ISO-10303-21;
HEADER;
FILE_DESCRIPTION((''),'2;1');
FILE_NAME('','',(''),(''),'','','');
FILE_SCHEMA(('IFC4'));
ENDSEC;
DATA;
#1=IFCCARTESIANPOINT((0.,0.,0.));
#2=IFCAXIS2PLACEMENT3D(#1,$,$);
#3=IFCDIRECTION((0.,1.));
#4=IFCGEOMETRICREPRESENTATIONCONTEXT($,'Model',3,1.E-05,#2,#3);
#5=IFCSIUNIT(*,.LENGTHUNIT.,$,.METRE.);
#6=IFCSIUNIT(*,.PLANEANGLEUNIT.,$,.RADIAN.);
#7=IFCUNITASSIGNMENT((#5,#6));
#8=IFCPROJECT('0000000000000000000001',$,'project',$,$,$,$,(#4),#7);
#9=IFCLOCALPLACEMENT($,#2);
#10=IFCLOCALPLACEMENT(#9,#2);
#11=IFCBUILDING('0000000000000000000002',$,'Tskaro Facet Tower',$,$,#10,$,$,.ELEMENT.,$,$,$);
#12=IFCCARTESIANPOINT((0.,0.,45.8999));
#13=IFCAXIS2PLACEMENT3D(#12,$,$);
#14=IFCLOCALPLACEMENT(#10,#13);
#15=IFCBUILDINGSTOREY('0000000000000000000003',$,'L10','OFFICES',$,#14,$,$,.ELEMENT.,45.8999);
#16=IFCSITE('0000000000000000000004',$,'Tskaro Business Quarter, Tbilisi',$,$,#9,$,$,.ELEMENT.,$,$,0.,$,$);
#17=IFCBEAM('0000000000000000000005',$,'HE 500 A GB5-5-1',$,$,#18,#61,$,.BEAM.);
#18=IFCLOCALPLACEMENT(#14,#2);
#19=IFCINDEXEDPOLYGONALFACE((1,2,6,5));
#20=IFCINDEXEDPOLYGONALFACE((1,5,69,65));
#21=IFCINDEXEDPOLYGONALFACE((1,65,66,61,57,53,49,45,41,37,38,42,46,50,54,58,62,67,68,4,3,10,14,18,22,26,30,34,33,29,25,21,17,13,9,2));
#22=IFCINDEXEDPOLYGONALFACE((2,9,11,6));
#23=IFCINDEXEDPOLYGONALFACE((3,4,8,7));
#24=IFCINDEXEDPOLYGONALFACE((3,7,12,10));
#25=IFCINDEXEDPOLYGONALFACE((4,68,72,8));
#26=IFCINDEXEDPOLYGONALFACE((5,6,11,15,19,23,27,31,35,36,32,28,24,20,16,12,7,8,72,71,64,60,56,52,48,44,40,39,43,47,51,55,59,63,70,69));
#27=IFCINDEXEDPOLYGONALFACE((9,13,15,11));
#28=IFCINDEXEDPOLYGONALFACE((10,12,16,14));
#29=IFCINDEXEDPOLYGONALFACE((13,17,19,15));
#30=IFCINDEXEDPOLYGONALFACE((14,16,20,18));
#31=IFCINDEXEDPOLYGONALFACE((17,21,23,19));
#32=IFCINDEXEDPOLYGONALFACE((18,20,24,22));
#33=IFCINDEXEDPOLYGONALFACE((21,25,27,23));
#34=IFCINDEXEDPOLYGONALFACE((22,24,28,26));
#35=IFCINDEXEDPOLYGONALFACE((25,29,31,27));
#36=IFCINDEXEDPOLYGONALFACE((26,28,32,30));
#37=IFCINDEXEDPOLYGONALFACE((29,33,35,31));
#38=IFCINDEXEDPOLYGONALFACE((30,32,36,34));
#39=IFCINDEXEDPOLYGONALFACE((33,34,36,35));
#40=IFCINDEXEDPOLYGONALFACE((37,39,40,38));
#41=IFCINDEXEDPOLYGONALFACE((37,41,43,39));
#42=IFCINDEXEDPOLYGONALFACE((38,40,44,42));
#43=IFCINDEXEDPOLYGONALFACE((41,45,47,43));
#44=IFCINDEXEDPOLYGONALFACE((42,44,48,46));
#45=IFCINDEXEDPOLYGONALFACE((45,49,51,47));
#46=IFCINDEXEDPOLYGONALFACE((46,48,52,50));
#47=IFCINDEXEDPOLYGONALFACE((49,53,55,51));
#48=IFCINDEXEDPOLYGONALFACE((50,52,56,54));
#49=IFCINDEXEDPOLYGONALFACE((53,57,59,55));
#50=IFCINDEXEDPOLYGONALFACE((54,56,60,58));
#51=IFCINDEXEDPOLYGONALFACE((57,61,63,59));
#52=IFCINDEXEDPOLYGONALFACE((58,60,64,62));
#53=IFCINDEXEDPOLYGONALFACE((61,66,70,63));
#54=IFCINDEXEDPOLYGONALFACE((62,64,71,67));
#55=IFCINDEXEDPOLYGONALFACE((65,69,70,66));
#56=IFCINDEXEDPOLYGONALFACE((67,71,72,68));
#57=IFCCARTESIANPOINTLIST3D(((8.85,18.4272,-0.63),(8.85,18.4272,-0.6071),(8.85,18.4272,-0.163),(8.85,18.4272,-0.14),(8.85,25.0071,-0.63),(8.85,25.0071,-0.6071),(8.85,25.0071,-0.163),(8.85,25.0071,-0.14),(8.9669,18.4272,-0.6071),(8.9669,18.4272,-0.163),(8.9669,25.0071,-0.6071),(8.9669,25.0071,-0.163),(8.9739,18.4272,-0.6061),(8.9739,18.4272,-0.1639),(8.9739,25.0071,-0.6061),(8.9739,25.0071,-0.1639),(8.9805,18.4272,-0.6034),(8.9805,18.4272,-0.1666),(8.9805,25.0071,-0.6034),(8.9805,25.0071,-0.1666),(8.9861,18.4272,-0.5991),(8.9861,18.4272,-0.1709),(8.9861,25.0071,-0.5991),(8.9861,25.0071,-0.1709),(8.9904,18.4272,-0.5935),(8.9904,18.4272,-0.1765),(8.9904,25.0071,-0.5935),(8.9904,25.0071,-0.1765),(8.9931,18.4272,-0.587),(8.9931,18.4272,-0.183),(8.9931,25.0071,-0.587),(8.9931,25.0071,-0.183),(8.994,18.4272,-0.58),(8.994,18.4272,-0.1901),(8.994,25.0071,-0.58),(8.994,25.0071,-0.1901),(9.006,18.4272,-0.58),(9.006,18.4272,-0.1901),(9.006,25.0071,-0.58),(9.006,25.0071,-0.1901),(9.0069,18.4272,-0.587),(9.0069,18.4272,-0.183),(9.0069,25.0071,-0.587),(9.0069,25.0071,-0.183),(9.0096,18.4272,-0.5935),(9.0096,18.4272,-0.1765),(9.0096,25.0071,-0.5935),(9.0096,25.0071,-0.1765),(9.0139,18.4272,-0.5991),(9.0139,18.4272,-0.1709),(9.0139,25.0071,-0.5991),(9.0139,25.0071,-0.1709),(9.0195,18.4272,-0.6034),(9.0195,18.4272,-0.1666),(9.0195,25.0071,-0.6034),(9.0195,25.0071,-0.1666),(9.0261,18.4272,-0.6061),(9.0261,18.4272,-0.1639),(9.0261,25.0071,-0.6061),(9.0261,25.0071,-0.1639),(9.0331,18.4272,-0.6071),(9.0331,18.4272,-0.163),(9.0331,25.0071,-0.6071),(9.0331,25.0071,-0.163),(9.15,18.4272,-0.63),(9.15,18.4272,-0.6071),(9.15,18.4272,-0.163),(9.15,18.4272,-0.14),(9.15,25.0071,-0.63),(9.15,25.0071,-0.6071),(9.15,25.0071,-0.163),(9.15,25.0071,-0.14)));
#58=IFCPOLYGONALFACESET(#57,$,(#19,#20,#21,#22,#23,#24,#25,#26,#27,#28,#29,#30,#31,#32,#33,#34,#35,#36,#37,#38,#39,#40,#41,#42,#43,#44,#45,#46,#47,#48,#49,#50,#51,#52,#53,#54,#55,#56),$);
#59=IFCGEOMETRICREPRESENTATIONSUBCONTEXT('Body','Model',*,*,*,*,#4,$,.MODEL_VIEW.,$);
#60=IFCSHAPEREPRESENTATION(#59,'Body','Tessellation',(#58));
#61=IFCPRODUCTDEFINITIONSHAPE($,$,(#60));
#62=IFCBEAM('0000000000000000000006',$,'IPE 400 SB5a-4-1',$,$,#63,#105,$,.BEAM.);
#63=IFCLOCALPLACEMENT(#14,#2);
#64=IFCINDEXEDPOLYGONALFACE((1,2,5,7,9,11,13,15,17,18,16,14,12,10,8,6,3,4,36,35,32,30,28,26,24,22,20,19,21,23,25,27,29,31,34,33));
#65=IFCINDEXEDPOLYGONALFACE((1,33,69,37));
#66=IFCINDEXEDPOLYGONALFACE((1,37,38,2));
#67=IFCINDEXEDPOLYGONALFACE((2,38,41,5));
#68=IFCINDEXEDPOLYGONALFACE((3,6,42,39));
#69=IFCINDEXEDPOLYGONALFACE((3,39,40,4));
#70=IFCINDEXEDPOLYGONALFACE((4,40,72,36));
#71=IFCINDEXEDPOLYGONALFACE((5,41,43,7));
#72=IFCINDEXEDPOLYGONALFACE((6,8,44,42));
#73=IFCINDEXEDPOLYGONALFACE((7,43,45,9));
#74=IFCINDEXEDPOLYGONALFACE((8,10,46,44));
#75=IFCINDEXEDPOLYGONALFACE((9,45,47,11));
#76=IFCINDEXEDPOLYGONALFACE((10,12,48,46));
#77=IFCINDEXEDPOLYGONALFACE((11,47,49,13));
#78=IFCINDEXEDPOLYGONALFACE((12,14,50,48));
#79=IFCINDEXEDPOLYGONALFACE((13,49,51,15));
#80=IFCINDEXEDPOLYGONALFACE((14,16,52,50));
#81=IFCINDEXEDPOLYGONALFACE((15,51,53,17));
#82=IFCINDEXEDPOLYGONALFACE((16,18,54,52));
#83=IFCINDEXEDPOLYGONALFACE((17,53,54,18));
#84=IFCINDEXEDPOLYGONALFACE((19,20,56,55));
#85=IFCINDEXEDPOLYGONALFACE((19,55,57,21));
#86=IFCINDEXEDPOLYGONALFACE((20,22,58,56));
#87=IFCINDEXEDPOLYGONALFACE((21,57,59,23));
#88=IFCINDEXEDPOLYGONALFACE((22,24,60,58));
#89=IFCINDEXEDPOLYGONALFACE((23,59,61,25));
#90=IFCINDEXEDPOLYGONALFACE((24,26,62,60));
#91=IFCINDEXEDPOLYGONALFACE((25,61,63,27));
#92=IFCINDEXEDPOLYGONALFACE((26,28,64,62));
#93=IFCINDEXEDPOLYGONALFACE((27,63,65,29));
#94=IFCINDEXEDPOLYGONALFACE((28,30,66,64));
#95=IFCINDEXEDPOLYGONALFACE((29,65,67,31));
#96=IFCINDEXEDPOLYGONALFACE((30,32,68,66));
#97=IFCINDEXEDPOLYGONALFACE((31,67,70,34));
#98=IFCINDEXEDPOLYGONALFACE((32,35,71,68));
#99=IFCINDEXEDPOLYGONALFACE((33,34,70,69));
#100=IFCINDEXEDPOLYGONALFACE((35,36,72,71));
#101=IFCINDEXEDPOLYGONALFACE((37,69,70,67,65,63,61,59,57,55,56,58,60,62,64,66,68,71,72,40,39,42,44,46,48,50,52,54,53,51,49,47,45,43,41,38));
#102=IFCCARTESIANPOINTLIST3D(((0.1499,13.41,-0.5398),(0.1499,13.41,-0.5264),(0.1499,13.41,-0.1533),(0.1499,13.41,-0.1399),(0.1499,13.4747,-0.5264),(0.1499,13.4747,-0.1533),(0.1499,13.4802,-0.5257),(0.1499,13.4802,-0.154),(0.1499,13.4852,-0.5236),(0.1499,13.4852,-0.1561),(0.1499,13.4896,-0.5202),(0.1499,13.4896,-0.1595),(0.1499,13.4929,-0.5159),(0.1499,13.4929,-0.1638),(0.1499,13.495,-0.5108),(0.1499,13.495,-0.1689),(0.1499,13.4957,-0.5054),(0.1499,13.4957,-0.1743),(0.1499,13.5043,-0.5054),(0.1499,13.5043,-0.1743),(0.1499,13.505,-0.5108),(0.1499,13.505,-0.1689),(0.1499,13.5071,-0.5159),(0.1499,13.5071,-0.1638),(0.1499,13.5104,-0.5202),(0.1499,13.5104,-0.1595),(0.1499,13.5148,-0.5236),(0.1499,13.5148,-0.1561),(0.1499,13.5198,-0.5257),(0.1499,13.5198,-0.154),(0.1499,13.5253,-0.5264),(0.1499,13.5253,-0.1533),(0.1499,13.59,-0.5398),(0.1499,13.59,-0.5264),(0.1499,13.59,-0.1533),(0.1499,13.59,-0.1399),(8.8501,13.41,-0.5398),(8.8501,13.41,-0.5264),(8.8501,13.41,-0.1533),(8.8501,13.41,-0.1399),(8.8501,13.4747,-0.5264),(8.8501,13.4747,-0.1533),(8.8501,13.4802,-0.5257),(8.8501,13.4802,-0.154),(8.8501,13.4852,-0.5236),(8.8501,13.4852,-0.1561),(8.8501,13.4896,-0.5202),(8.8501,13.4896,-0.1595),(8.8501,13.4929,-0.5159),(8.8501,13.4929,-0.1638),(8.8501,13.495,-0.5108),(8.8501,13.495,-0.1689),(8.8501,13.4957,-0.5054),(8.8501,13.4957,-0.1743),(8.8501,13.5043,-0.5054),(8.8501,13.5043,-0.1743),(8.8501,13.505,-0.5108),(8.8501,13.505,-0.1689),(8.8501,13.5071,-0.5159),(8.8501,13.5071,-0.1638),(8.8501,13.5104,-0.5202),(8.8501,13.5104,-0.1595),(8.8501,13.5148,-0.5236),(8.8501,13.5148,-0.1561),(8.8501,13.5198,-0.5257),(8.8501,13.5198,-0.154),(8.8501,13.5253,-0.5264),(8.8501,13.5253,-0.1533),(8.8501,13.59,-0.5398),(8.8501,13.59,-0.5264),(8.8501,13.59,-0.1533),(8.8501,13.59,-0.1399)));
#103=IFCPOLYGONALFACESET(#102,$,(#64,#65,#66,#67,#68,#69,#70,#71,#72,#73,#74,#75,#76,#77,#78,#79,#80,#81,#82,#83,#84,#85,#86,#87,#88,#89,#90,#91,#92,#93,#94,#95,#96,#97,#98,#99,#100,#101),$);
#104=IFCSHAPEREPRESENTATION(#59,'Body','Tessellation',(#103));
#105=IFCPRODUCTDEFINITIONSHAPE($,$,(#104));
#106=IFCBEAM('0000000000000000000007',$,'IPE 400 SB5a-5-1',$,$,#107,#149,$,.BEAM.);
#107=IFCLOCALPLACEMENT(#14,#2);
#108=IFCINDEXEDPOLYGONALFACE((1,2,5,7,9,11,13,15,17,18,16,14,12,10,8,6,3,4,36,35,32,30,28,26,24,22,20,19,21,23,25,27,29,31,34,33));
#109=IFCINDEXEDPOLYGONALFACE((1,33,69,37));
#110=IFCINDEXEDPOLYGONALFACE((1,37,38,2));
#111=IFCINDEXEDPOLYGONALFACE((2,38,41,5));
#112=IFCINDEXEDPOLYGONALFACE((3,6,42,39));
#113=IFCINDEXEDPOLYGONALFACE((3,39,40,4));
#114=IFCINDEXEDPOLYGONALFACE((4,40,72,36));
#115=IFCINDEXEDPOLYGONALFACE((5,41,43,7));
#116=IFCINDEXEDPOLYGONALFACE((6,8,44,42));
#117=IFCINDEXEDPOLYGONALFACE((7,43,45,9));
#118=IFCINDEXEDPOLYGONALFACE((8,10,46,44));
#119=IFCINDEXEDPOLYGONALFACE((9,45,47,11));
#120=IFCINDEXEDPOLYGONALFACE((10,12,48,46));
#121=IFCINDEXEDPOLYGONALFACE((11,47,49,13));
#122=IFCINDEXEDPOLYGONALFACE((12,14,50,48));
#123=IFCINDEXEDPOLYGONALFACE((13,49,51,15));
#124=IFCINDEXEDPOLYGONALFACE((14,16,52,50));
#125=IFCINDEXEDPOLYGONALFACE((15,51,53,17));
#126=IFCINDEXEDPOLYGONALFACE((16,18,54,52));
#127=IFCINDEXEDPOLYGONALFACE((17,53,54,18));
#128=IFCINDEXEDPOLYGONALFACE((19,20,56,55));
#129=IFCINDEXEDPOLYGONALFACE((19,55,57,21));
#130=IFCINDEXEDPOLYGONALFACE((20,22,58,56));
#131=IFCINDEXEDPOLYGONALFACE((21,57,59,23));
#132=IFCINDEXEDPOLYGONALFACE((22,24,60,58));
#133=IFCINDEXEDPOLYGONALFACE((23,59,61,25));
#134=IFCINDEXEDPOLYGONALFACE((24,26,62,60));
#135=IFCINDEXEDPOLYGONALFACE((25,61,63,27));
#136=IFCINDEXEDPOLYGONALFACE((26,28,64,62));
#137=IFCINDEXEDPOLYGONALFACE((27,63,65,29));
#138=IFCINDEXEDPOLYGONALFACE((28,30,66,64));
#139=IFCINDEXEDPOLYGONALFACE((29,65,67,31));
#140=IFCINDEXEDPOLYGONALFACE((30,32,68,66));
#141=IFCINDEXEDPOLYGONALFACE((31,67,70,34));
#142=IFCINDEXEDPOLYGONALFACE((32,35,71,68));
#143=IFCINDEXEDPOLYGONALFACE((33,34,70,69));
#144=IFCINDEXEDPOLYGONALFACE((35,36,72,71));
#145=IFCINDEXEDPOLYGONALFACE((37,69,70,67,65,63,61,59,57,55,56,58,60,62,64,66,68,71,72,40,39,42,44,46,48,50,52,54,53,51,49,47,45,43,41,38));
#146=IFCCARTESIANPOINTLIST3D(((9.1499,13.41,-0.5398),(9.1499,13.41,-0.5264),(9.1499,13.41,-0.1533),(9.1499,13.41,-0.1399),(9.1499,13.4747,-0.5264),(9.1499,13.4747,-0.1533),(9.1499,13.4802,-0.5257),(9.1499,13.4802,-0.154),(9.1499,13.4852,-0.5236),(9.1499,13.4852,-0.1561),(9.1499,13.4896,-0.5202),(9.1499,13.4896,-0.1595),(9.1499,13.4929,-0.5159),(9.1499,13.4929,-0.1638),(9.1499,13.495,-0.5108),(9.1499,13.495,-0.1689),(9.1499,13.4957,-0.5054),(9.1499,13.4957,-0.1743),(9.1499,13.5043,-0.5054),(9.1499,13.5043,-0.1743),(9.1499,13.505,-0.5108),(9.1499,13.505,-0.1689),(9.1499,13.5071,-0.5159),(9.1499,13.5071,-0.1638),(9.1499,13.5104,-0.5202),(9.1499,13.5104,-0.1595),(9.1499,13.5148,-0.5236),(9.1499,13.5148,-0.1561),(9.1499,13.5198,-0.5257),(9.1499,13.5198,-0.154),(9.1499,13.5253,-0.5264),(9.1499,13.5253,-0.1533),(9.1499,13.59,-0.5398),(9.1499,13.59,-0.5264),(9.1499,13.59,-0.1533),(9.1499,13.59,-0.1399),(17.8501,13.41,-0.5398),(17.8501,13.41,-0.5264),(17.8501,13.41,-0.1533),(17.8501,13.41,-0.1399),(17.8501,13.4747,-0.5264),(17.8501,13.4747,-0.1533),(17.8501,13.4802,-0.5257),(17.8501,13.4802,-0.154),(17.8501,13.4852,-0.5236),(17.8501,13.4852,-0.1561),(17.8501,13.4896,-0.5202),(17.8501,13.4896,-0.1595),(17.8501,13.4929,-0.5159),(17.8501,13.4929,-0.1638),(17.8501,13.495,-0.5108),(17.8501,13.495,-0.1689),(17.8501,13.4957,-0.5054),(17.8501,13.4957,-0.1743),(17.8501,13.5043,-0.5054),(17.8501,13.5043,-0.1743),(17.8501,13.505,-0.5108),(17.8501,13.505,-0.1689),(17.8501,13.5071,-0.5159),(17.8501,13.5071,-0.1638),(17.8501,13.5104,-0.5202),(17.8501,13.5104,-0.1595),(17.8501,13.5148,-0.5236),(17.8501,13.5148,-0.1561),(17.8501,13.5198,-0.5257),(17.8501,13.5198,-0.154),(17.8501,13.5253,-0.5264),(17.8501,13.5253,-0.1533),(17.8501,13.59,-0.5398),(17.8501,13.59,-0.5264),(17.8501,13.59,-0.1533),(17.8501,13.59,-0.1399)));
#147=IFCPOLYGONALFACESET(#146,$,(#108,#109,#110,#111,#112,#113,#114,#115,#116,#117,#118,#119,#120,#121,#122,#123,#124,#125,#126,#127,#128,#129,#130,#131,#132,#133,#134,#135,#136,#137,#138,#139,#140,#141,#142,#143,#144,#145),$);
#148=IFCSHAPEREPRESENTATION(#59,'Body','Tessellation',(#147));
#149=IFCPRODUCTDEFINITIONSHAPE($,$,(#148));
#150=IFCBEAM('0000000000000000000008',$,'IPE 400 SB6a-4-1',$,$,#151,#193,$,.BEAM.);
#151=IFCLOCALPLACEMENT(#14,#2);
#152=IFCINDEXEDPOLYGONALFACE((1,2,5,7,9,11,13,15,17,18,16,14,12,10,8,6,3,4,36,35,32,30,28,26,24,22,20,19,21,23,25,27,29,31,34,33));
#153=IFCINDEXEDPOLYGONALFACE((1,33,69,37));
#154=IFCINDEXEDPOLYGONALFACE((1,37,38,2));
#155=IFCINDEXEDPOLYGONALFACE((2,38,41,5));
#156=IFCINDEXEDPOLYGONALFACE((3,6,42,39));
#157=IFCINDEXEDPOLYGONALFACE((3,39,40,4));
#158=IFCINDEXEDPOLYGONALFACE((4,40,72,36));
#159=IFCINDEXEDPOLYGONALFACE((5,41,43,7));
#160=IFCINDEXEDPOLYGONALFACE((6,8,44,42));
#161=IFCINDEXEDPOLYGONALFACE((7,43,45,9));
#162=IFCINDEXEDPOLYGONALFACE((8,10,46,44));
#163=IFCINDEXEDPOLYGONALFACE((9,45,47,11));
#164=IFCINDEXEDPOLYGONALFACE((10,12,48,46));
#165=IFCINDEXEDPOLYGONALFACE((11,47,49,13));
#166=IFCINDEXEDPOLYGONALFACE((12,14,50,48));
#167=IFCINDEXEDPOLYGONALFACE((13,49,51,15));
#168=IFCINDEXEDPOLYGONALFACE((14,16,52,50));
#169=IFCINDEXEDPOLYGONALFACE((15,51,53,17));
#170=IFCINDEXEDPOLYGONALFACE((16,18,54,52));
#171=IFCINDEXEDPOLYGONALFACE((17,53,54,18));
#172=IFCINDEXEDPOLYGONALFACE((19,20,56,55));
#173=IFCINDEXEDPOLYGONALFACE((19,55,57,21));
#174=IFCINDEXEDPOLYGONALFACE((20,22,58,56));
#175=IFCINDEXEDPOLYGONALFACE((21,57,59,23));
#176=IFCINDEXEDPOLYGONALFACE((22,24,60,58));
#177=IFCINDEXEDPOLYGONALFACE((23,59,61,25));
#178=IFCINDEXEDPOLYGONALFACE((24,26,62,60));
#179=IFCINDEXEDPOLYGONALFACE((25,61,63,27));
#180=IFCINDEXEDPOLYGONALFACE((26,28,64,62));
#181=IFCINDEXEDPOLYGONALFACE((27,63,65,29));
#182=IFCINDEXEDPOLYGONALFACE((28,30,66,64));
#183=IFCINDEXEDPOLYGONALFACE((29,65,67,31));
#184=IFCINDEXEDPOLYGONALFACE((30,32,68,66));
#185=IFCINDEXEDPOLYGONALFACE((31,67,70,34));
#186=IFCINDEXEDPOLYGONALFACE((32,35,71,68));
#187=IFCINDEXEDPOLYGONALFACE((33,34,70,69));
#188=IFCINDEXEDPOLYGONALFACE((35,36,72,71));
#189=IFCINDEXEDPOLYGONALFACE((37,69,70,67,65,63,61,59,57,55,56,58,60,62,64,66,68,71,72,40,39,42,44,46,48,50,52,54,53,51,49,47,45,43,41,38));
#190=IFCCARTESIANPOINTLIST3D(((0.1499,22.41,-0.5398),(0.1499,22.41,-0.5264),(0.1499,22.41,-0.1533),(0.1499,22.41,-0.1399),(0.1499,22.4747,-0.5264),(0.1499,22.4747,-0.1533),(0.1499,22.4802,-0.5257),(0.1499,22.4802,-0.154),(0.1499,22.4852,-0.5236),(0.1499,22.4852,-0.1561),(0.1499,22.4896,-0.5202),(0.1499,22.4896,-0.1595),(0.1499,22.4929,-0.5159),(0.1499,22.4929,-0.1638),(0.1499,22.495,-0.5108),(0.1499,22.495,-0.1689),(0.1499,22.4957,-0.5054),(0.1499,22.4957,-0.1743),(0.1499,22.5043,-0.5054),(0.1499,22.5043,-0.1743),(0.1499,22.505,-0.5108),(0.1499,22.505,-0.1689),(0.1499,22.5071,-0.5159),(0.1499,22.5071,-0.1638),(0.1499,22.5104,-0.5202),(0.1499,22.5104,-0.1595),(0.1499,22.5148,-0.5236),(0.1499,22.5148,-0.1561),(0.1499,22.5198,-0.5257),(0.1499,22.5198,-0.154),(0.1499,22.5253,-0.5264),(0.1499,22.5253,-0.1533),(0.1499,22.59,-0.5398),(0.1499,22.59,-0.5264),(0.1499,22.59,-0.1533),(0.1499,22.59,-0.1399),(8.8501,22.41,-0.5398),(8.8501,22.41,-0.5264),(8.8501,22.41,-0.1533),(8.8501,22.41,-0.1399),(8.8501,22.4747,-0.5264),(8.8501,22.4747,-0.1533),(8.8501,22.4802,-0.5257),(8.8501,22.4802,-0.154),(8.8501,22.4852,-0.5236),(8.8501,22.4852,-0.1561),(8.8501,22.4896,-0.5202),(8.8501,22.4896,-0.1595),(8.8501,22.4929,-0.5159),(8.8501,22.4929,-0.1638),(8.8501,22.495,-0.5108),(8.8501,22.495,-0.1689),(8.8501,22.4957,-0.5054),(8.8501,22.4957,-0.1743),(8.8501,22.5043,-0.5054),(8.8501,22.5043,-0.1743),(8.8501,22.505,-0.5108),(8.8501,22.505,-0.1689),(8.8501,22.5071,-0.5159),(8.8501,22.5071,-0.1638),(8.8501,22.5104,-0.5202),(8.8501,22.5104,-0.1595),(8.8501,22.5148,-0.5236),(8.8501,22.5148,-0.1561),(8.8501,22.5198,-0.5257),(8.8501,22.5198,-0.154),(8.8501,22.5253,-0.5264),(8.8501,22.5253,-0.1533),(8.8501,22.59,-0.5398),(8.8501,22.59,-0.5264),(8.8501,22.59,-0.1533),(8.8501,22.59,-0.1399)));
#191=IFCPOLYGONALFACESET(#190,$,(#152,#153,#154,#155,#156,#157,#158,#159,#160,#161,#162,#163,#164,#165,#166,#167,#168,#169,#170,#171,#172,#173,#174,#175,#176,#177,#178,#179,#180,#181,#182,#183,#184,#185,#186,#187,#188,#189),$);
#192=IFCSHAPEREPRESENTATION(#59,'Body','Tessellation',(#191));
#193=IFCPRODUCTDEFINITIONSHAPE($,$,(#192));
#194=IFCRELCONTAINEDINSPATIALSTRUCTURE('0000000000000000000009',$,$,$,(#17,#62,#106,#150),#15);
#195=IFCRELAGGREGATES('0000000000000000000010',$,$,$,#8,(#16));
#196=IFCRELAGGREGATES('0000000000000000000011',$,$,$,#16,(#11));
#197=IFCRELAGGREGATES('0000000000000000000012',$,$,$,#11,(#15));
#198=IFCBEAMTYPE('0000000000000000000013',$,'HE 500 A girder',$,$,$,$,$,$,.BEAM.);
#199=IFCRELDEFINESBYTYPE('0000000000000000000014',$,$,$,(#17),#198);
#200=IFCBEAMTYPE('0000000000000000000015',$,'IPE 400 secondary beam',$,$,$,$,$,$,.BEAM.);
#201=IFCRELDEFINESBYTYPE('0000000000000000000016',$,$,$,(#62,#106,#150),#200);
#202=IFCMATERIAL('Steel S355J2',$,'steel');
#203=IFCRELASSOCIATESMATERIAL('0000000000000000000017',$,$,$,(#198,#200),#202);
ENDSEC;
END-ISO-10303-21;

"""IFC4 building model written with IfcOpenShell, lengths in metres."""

from ifc_helpers import new_model, si_unit, direction, frame, origin, origin_2d, place, context, subcontext, project, spatial, i_section, extrude, material, material_profile, profile_set, type_object, element, save


model = new_model("IFC4")

# Units and contexts
model_context = context("Model", 3, precision=1e-05, world=origin(), true_north=direction((0.0, 1.0)))
body_context = subcontext(model_context, "Body", "Model", "MODEL_VIEW")
ifc_project = project(units=[si_unit("LENGTHUNIT", "METRE"), si_unit("PLANEANGLEUNIT", "RADIAN")], contexts=[model_context])

# Site, building, storey
site_placement = place(None, origin())
site = spatial("IfcSite", under=ifc_project, at=site_placement, Name="Tskaro Business Quarter, Tbilisi", CompositionType="ELEMENT", RefElevation=0.0)
building_placement = place(site_placement, origin())
building = spatial("IfcBuilding", under=site, at=building_placement, Name="Tskaro Facet Tower", CompositionType="ELEMENT")
storey_placement = place(building_placement, frame((0.0, 0.0, 45.8999)))
storey = spatial("IfcBuildingStorey", under=building, at=storey_placement, Name="L10", Description="OFFICES", CompositionType="ELEMENT", Elevation=45.8999)

# Beams
ifc_material_1 = material(Name="Steel S355J2", Category="steel")
ifc_material_profile_1 = material_profile(ifc_material_1, i_section(OverallWidth=0.3, OverallDepth=0.49, WebThickness=0.012, FlangeThickness=0.0229, FilletRadius=0.0271, at=origin_2d()), Name="HE 500 A")
ifc_profile_set_1 = profile_set([ifc_material_profile_1], Name="Steel S355J2")
beam_type_1 = type_object("IfcBeamType", Name="HE 500 A girder", PredefinedType="BEAM", material=ifc_profile_set_1)
for number, where, z_axis, x_axis, name in (
    (1, (9.0, 18.4272, -0.385), (0.0, 1.0, 0.0), (-1.0, 0.0, 0.0), "HE 500 A GB5-5-1"),
):
    element("IfcBeam", number, at=place(storey_placement, frame(where, z_axis=z_axis, x_axis=x_axis)), inside=storey, type_object=beam_type_1, Name=name, PredefinedType="BEAM", context=body_context, shape_type="SweptSolid", body=[
        extrude(i_section(OverallWidth=0.3, OverallDepth=0.49, WebThickness=0.012, FlangeThickness=0.0229, FilletRadius=0.0271, at=origin_2d()), origin(), (0.0, 0.0, 1.0), 6.5798),
    ])
ifc_material_profile_2 = material_profile(ifc_material_1, i_section(OverallWidth=0.1799, OverallDepth=0.3999, WebThickness=0.0085, FlangeThickness=0.0134, FilletRadius=0.021, at=origin_2d()), Name="IPE 400")
ifc_profile_set_2 = profile_set([ifc_material_profile_2], Name="Steel S355J2")
beam_type_2 = type_object("IfcBeamType", Name="IPE 400 secondary beam", PredefinedType="BEAM", material=ifc_profile_set_2)
for number, where, z_axis, x_axis, name in (
    (2, (0.1499, 13.5, -0.3398), (1.0, 0.0, 0.0), (0.0, 1.0, 0.0), "IPE 400 SB5a-4-1"),
    (3, (9.1499, 13.5, -0.3398), (1.0, 0.0, 0.0), (0.0, 1.0, 0.0), "IPE 400 SB5a-5-1"),
    (4, (0.1499, 22.5, -0.3398), (1.0, 0.0, 0.0), (0.0, 1.0, 0.0), "IPE 400 SB6a-4-1"),
):
    element("IfcBeam", number, at=place(storey_placement, frame(where, z_axis=z_axis, x_axis=x_axis)), inside=storey, type_object=beam_type_2, Name=name, PredefinedType="BEAM", context=body_context, shape_type="SweptSolid", body=[
        extrude(i_section(OverallWidth=0.1799, OverallDepth=0.3999, WebThickness=0.0085, FlangeThickness=0.0134, FilletRadius=0.021, at=origin_2d()), origin(), (0.0, 0.0, 1.0), 8.7002),
    ])

save(model, "model.ifc")
